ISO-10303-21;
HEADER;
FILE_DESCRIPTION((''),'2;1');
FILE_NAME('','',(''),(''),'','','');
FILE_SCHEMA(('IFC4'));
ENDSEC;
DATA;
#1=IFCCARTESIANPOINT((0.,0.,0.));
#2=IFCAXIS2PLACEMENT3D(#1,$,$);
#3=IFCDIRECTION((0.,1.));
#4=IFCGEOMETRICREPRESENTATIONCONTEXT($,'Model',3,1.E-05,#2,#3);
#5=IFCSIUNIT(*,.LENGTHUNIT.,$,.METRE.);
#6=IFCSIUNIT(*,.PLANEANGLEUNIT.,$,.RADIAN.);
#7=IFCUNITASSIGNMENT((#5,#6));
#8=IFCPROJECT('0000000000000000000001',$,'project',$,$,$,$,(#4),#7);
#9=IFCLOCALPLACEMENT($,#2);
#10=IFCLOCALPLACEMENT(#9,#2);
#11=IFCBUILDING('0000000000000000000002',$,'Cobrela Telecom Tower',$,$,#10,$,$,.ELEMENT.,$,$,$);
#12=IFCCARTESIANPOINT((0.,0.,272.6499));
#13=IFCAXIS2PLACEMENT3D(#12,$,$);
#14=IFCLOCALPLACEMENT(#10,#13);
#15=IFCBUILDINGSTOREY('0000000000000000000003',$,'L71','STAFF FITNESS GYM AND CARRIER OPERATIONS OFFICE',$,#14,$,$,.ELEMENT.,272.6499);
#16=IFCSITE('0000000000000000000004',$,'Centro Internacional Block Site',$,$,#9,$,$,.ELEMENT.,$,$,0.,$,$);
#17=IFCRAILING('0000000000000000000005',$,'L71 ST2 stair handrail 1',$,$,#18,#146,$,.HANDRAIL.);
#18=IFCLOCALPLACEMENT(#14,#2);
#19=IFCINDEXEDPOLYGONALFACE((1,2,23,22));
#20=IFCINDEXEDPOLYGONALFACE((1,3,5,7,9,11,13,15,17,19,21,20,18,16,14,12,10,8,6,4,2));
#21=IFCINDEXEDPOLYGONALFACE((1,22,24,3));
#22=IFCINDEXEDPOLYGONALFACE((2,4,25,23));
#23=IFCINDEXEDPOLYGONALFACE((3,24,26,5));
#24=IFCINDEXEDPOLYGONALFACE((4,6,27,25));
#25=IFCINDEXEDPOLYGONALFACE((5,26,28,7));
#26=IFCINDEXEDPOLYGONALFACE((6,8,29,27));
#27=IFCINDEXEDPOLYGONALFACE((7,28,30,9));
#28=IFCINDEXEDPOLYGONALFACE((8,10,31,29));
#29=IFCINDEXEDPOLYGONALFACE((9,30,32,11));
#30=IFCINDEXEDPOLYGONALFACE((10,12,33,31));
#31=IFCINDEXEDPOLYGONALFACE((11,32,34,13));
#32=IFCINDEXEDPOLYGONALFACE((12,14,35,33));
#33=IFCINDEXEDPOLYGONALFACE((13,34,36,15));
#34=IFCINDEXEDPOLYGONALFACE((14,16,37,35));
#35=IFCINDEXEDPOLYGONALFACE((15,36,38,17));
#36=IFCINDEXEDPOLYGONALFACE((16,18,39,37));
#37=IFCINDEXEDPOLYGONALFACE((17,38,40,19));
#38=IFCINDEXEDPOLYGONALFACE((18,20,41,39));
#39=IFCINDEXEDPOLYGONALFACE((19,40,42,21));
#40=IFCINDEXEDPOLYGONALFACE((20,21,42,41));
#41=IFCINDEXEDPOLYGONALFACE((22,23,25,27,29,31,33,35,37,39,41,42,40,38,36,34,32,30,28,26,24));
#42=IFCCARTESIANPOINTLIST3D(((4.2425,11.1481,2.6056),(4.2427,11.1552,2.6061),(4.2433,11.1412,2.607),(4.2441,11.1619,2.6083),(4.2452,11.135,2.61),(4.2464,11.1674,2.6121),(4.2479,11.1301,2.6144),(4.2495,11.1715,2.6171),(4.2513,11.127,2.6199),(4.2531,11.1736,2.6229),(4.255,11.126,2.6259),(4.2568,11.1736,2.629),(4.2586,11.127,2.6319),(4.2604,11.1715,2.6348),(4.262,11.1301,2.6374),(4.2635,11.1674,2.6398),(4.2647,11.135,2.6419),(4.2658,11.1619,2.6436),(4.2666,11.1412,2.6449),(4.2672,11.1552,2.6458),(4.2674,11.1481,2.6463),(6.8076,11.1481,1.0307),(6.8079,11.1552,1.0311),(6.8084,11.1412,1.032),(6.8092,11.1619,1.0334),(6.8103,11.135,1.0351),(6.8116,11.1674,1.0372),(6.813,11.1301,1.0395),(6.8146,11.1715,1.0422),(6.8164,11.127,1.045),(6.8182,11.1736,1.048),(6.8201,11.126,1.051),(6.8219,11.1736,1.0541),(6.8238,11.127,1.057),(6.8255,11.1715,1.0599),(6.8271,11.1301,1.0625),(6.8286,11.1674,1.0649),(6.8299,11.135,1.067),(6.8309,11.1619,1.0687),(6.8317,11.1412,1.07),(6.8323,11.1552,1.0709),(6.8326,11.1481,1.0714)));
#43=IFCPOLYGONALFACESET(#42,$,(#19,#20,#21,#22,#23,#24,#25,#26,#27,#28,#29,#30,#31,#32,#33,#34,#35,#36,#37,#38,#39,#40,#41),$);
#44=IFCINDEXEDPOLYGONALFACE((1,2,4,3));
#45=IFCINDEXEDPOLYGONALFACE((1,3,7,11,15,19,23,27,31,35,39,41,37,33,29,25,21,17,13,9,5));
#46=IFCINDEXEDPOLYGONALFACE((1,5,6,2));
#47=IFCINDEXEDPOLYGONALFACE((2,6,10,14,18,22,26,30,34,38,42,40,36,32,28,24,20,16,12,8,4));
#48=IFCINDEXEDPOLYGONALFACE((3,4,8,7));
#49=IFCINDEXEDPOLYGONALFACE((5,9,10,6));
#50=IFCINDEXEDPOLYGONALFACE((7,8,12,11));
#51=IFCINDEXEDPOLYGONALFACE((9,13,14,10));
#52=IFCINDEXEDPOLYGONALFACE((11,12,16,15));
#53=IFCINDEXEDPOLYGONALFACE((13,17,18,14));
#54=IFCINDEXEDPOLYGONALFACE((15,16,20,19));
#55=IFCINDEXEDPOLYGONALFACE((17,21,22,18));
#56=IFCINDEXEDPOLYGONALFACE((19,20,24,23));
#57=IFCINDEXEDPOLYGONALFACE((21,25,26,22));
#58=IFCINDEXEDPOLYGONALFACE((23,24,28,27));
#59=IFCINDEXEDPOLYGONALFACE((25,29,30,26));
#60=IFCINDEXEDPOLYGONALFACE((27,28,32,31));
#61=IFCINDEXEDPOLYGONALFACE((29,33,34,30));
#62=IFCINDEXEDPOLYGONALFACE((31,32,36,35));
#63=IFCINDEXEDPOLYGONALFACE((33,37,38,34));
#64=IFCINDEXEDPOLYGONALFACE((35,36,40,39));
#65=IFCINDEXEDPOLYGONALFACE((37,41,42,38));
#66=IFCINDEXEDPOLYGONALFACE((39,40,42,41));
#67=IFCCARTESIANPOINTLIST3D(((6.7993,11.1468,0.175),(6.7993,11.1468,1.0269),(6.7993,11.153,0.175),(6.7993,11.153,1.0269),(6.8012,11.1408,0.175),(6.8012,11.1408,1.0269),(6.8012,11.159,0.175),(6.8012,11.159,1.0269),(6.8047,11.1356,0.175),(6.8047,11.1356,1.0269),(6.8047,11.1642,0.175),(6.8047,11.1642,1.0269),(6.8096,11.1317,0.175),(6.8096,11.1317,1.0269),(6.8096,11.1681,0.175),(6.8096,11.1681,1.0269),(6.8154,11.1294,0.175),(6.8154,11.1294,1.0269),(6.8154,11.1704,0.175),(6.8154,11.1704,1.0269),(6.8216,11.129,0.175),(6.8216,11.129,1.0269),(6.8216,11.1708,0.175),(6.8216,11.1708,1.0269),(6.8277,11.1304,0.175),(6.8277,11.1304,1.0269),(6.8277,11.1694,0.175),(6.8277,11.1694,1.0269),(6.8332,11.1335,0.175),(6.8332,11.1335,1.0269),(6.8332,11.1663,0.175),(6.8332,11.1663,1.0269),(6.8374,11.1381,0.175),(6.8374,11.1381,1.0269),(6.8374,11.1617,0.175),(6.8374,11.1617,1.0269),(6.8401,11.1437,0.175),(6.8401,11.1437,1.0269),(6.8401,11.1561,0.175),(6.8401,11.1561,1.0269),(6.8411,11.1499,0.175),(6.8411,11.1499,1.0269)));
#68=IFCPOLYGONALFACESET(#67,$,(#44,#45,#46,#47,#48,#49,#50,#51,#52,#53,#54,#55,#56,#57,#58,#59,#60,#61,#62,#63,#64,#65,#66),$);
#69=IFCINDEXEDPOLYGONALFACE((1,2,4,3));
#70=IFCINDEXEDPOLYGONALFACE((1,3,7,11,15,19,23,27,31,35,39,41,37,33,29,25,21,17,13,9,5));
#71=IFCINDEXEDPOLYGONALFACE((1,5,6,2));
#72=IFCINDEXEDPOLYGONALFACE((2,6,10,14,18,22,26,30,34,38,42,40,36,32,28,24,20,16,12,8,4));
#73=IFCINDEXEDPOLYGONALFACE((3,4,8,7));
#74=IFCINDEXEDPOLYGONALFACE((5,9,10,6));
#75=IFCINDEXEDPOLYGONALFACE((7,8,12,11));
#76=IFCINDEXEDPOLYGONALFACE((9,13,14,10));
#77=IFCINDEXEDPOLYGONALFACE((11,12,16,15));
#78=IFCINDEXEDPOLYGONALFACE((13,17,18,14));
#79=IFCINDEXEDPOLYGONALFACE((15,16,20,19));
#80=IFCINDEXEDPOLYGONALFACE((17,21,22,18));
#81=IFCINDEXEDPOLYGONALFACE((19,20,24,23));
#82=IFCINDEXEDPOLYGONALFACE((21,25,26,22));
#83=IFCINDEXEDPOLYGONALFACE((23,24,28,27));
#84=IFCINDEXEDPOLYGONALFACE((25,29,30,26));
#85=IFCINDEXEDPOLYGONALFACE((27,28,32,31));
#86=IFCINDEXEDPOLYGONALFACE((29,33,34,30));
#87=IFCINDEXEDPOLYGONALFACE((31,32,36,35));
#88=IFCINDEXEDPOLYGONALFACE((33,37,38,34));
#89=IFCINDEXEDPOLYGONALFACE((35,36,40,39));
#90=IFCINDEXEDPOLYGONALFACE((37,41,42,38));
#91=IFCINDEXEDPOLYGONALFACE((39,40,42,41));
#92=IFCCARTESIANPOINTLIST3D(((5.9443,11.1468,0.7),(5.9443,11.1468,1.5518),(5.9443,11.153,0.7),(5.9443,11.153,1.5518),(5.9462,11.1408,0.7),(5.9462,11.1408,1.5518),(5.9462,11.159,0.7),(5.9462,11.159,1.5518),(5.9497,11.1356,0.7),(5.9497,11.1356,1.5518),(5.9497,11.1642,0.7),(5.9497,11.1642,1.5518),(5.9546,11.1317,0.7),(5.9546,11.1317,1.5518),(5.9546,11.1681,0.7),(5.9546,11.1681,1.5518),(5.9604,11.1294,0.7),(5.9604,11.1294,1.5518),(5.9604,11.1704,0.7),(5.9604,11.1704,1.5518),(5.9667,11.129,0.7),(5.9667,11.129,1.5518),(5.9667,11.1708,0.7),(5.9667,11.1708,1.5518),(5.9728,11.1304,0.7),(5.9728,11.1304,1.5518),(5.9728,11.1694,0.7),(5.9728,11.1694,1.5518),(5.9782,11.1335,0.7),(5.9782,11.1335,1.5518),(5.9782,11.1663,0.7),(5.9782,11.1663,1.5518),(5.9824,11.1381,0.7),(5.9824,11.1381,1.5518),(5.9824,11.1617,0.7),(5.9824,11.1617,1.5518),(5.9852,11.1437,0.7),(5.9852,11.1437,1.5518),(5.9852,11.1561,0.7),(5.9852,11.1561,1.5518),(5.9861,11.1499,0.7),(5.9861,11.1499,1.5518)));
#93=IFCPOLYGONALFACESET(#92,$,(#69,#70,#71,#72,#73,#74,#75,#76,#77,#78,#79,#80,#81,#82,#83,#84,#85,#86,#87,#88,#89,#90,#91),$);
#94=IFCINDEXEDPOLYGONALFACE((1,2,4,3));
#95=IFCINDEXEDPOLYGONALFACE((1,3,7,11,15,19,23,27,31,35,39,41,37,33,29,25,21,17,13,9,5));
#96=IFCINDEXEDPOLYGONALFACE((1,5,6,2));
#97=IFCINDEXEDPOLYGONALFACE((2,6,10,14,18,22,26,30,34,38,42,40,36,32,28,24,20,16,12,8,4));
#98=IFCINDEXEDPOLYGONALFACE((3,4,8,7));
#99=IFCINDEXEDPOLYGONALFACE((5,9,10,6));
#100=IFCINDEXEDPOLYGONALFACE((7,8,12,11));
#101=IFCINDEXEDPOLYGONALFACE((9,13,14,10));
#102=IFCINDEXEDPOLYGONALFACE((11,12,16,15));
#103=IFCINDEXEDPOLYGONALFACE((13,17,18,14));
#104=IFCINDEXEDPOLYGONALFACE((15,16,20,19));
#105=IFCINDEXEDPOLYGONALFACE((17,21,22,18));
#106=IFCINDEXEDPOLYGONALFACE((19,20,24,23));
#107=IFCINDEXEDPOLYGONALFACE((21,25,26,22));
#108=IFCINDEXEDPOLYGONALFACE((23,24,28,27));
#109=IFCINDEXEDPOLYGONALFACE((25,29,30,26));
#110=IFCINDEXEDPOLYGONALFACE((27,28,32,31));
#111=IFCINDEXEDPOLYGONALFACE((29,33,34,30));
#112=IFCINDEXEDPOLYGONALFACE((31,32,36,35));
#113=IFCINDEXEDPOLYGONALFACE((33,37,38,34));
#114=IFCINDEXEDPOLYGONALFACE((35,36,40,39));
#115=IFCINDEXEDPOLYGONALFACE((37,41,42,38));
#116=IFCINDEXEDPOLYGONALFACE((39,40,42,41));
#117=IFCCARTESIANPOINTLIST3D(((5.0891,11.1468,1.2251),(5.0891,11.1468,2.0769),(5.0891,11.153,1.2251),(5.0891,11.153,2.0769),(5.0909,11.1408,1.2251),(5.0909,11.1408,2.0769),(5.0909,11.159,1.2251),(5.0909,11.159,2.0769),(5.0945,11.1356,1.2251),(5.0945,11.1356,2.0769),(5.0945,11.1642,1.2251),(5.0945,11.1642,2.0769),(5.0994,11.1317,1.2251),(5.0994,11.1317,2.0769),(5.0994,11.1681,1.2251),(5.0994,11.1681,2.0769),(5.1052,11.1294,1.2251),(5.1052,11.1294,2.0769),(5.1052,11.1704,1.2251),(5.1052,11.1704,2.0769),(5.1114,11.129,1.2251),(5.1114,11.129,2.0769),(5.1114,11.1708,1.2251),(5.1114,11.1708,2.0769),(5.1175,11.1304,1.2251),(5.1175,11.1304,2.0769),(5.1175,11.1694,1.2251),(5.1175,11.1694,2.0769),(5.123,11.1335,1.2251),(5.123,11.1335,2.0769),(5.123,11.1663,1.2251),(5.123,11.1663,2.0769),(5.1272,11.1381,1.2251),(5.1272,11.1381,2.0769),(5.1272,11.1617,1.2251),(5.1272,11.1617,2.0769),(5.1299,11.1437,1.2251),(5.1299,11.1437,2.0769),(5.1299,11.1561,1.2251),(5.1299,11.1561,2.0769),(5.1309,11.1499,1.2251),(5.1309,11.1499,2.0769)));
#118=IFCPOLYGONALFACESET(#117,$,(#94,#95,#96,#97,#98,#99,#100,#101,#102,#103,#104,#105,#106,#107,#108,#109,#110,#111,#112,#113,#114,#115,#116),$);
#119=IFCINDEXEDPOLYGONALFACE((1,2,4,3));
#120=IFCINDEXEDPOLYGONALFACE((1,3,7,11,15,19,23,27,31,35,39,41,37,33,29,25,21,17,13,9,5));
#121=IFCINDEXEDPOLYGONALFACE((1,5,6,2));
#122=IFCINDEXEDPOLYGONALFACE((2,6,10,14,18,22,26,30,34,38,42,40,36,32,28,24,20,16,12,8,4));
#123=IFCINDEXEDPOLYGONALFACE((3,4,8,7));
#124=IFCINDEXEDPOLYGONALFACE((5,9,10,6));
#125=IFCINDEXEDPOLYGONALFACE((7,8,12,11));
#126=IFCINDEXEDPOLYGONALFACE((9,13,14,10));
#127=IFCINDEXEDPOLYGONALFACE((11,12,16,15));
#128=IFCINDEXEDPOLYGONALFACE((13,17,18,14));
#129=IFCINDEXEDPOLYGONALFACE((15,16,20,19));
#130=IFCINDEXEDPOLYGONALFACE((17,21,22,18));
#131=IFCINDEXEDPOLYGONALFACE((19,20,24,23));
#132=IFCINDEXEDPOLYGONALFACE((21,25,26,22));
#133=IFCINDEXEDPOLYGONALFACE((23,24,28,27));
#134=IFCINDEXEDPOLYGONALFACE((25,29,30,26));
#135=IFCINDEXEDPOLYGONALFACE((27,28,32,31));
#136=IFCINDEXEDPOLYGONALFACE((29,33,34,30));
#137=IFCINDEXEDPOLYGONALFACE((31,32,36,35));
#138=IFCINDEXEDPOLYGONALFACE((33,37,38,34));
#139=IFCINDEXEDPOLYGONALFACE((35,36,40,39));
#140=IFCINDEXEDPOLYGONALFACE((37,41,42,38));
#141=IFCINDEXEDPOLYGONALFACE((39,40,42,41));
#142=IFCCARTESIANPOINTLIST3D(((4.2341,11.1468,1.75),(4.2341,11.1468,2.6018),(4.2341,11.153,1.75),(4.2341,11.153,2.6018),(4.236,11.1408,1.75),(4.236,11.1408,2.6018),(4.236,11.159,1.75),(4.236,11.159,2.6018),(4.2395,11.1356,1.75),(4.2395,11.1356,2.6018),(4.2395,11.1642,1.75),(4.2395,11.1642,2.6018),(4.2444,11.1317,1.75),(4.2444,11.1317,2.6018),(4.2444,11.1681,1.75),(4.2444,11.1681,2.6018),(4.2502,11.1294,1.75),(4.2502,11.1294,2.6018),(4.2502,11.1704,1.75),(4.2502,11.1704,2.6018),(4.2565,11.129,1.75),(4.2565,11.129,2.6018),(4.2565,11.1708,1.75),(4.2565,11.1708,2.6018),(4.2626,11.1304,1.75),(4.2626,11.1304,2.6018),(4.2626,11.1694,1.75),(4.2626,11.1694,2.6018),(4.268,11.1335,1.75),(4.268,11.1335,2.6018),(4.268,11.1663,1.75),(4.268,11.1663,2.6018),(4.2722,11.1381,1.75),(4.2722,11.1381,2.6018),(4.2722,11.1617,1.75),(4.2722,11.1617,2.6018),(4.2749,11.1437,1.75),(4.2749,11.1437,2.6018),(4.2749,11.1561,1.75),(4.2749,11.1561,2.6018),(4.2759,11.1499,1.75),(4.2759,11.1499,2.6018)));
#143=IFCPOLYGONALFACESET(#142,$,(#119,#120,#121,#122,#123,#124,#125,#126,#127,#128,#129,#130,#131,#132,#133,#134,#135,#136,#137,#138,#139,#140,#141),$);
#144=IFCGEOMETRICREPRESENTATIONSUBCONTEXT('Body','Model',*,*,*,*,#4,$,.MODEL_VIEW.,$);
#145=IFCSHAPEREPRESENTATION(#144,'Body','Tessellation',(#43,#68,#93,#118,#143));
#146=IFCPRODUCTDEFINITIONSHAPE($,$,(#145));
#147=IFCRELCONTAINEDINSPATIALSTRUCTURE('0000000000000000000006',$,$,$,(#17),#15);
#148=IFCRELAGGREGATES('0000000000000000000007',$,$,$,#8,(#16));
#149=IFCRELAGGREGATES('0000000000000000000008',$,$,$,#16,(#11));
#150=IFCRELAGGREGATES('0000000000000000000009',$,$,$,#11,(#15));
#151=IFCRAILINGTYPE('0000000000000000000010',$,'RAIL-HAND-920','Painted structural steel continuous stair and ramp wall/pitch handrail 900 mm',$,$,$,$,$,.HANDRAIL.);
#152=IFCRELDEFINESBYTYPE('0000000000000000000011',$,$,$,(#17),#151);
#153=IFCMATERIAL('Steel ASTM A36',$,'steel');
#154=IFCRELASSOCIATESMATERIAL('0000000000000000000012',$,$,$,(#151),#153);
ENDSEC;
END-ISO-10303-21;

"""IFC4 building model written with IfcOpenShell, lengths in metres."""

from ifc_helpers import new_model, si_unit, direction, frame, origin, origin_2d, place, context, subcontext, project, spatial, circle, extrude, material, type_object, element, save


model = new_model("IFC4")

# Units and contexts
model_context = context("Model", 3, precision=1e-05, world=origin(), true_north=direction((0.0, 1.0)))
body_context = subcontext(model_context, "Body", "Model", "MODEL_VIEW")
ifc_project = project(units=[si_unit("LENGTHUNIT", "METRE"), si_unit("PLANEANGLEUNIT", "RADIAN")], contexts=[model_context])

# Site, building, storey
site_placement = place(None, origin())
site = spatial("IfcSite", under=ifc_project, at=site_placement, Name="Centro Internacional Block Site", CompositionType="ELEMENT", RefElevation=0.0)
building_placement = place(site_placement, origin())
building = spatial("IfcBuilding", under=site, at=building_placement, Name="Cobrela Telecom Tower", CompositionType="ELEMENT")
storey_placement = place(building_placement, frame((0.0, 0.0, 272.6499)))
storey = spatial("IfcBuildingStorey", under=building, at=storey_placement, Name="L71", Description="STAFF FITNESS GYM AND CARRIER OPERATIONS OFFICE", CompositionType="ELEMENT", Elevation=272.6499)

# Railing
ifc_material_1 = material(Name="Steel ASTM A36", Category="steel")
railing_type_1 = type_object("IfcRailingType", Name="RAIL-HAND-920", Description="Painted structural steel continuous stair and ramp wall/pitch handrail 900 mm", PredefinedType="HANDRAIL", material=ifc_material_1)
railing_1_placement = place(storey_placement, frame((6.8201, 11.1499, 0.175)))
element("IfcRailing", 1, at=railing_1_placement, inside=storey, type_object=railing_type_1, Name="L71 ST2 stair handrail 1", PredefinedType="HANDRAIL", context=body_context, shape_type="SweptSolid", body=[
    extrude(circle(Radius=0.0239, at=origin_2d()), frame((0.0, 0.0, 0.876), z_axis=(-0.852195, 0.0, 0.523224), x_axis=(0.0, -1.0, 0.0)), (0.0, 0.0, 1.0), 3.01),
    extrude(circle(Radius=0.021, at=origin_2d()), origin(), (0.0, 0.0, 1.0), 0.8518),
    extrude(circle(Radius=0.021, at=origin_2d()), frame((-0.855, 0.0, 0.5249)), (0.0, 0.0, 1.0), 0.8518),
    extrude(circle(Radius=0.021, at=origin_2d()), frame((-1.7102, 0.0, 1.05)), (0.0, 0.0, 1.0), 0.8518),
    extrude(circle(Radius=0.021, at=origin_2d()), frame((-2.5652, 0.0, 1.575)), (0.0, 0.0, 1.0), 0.8518),
])

save(model, "model.ifc")
